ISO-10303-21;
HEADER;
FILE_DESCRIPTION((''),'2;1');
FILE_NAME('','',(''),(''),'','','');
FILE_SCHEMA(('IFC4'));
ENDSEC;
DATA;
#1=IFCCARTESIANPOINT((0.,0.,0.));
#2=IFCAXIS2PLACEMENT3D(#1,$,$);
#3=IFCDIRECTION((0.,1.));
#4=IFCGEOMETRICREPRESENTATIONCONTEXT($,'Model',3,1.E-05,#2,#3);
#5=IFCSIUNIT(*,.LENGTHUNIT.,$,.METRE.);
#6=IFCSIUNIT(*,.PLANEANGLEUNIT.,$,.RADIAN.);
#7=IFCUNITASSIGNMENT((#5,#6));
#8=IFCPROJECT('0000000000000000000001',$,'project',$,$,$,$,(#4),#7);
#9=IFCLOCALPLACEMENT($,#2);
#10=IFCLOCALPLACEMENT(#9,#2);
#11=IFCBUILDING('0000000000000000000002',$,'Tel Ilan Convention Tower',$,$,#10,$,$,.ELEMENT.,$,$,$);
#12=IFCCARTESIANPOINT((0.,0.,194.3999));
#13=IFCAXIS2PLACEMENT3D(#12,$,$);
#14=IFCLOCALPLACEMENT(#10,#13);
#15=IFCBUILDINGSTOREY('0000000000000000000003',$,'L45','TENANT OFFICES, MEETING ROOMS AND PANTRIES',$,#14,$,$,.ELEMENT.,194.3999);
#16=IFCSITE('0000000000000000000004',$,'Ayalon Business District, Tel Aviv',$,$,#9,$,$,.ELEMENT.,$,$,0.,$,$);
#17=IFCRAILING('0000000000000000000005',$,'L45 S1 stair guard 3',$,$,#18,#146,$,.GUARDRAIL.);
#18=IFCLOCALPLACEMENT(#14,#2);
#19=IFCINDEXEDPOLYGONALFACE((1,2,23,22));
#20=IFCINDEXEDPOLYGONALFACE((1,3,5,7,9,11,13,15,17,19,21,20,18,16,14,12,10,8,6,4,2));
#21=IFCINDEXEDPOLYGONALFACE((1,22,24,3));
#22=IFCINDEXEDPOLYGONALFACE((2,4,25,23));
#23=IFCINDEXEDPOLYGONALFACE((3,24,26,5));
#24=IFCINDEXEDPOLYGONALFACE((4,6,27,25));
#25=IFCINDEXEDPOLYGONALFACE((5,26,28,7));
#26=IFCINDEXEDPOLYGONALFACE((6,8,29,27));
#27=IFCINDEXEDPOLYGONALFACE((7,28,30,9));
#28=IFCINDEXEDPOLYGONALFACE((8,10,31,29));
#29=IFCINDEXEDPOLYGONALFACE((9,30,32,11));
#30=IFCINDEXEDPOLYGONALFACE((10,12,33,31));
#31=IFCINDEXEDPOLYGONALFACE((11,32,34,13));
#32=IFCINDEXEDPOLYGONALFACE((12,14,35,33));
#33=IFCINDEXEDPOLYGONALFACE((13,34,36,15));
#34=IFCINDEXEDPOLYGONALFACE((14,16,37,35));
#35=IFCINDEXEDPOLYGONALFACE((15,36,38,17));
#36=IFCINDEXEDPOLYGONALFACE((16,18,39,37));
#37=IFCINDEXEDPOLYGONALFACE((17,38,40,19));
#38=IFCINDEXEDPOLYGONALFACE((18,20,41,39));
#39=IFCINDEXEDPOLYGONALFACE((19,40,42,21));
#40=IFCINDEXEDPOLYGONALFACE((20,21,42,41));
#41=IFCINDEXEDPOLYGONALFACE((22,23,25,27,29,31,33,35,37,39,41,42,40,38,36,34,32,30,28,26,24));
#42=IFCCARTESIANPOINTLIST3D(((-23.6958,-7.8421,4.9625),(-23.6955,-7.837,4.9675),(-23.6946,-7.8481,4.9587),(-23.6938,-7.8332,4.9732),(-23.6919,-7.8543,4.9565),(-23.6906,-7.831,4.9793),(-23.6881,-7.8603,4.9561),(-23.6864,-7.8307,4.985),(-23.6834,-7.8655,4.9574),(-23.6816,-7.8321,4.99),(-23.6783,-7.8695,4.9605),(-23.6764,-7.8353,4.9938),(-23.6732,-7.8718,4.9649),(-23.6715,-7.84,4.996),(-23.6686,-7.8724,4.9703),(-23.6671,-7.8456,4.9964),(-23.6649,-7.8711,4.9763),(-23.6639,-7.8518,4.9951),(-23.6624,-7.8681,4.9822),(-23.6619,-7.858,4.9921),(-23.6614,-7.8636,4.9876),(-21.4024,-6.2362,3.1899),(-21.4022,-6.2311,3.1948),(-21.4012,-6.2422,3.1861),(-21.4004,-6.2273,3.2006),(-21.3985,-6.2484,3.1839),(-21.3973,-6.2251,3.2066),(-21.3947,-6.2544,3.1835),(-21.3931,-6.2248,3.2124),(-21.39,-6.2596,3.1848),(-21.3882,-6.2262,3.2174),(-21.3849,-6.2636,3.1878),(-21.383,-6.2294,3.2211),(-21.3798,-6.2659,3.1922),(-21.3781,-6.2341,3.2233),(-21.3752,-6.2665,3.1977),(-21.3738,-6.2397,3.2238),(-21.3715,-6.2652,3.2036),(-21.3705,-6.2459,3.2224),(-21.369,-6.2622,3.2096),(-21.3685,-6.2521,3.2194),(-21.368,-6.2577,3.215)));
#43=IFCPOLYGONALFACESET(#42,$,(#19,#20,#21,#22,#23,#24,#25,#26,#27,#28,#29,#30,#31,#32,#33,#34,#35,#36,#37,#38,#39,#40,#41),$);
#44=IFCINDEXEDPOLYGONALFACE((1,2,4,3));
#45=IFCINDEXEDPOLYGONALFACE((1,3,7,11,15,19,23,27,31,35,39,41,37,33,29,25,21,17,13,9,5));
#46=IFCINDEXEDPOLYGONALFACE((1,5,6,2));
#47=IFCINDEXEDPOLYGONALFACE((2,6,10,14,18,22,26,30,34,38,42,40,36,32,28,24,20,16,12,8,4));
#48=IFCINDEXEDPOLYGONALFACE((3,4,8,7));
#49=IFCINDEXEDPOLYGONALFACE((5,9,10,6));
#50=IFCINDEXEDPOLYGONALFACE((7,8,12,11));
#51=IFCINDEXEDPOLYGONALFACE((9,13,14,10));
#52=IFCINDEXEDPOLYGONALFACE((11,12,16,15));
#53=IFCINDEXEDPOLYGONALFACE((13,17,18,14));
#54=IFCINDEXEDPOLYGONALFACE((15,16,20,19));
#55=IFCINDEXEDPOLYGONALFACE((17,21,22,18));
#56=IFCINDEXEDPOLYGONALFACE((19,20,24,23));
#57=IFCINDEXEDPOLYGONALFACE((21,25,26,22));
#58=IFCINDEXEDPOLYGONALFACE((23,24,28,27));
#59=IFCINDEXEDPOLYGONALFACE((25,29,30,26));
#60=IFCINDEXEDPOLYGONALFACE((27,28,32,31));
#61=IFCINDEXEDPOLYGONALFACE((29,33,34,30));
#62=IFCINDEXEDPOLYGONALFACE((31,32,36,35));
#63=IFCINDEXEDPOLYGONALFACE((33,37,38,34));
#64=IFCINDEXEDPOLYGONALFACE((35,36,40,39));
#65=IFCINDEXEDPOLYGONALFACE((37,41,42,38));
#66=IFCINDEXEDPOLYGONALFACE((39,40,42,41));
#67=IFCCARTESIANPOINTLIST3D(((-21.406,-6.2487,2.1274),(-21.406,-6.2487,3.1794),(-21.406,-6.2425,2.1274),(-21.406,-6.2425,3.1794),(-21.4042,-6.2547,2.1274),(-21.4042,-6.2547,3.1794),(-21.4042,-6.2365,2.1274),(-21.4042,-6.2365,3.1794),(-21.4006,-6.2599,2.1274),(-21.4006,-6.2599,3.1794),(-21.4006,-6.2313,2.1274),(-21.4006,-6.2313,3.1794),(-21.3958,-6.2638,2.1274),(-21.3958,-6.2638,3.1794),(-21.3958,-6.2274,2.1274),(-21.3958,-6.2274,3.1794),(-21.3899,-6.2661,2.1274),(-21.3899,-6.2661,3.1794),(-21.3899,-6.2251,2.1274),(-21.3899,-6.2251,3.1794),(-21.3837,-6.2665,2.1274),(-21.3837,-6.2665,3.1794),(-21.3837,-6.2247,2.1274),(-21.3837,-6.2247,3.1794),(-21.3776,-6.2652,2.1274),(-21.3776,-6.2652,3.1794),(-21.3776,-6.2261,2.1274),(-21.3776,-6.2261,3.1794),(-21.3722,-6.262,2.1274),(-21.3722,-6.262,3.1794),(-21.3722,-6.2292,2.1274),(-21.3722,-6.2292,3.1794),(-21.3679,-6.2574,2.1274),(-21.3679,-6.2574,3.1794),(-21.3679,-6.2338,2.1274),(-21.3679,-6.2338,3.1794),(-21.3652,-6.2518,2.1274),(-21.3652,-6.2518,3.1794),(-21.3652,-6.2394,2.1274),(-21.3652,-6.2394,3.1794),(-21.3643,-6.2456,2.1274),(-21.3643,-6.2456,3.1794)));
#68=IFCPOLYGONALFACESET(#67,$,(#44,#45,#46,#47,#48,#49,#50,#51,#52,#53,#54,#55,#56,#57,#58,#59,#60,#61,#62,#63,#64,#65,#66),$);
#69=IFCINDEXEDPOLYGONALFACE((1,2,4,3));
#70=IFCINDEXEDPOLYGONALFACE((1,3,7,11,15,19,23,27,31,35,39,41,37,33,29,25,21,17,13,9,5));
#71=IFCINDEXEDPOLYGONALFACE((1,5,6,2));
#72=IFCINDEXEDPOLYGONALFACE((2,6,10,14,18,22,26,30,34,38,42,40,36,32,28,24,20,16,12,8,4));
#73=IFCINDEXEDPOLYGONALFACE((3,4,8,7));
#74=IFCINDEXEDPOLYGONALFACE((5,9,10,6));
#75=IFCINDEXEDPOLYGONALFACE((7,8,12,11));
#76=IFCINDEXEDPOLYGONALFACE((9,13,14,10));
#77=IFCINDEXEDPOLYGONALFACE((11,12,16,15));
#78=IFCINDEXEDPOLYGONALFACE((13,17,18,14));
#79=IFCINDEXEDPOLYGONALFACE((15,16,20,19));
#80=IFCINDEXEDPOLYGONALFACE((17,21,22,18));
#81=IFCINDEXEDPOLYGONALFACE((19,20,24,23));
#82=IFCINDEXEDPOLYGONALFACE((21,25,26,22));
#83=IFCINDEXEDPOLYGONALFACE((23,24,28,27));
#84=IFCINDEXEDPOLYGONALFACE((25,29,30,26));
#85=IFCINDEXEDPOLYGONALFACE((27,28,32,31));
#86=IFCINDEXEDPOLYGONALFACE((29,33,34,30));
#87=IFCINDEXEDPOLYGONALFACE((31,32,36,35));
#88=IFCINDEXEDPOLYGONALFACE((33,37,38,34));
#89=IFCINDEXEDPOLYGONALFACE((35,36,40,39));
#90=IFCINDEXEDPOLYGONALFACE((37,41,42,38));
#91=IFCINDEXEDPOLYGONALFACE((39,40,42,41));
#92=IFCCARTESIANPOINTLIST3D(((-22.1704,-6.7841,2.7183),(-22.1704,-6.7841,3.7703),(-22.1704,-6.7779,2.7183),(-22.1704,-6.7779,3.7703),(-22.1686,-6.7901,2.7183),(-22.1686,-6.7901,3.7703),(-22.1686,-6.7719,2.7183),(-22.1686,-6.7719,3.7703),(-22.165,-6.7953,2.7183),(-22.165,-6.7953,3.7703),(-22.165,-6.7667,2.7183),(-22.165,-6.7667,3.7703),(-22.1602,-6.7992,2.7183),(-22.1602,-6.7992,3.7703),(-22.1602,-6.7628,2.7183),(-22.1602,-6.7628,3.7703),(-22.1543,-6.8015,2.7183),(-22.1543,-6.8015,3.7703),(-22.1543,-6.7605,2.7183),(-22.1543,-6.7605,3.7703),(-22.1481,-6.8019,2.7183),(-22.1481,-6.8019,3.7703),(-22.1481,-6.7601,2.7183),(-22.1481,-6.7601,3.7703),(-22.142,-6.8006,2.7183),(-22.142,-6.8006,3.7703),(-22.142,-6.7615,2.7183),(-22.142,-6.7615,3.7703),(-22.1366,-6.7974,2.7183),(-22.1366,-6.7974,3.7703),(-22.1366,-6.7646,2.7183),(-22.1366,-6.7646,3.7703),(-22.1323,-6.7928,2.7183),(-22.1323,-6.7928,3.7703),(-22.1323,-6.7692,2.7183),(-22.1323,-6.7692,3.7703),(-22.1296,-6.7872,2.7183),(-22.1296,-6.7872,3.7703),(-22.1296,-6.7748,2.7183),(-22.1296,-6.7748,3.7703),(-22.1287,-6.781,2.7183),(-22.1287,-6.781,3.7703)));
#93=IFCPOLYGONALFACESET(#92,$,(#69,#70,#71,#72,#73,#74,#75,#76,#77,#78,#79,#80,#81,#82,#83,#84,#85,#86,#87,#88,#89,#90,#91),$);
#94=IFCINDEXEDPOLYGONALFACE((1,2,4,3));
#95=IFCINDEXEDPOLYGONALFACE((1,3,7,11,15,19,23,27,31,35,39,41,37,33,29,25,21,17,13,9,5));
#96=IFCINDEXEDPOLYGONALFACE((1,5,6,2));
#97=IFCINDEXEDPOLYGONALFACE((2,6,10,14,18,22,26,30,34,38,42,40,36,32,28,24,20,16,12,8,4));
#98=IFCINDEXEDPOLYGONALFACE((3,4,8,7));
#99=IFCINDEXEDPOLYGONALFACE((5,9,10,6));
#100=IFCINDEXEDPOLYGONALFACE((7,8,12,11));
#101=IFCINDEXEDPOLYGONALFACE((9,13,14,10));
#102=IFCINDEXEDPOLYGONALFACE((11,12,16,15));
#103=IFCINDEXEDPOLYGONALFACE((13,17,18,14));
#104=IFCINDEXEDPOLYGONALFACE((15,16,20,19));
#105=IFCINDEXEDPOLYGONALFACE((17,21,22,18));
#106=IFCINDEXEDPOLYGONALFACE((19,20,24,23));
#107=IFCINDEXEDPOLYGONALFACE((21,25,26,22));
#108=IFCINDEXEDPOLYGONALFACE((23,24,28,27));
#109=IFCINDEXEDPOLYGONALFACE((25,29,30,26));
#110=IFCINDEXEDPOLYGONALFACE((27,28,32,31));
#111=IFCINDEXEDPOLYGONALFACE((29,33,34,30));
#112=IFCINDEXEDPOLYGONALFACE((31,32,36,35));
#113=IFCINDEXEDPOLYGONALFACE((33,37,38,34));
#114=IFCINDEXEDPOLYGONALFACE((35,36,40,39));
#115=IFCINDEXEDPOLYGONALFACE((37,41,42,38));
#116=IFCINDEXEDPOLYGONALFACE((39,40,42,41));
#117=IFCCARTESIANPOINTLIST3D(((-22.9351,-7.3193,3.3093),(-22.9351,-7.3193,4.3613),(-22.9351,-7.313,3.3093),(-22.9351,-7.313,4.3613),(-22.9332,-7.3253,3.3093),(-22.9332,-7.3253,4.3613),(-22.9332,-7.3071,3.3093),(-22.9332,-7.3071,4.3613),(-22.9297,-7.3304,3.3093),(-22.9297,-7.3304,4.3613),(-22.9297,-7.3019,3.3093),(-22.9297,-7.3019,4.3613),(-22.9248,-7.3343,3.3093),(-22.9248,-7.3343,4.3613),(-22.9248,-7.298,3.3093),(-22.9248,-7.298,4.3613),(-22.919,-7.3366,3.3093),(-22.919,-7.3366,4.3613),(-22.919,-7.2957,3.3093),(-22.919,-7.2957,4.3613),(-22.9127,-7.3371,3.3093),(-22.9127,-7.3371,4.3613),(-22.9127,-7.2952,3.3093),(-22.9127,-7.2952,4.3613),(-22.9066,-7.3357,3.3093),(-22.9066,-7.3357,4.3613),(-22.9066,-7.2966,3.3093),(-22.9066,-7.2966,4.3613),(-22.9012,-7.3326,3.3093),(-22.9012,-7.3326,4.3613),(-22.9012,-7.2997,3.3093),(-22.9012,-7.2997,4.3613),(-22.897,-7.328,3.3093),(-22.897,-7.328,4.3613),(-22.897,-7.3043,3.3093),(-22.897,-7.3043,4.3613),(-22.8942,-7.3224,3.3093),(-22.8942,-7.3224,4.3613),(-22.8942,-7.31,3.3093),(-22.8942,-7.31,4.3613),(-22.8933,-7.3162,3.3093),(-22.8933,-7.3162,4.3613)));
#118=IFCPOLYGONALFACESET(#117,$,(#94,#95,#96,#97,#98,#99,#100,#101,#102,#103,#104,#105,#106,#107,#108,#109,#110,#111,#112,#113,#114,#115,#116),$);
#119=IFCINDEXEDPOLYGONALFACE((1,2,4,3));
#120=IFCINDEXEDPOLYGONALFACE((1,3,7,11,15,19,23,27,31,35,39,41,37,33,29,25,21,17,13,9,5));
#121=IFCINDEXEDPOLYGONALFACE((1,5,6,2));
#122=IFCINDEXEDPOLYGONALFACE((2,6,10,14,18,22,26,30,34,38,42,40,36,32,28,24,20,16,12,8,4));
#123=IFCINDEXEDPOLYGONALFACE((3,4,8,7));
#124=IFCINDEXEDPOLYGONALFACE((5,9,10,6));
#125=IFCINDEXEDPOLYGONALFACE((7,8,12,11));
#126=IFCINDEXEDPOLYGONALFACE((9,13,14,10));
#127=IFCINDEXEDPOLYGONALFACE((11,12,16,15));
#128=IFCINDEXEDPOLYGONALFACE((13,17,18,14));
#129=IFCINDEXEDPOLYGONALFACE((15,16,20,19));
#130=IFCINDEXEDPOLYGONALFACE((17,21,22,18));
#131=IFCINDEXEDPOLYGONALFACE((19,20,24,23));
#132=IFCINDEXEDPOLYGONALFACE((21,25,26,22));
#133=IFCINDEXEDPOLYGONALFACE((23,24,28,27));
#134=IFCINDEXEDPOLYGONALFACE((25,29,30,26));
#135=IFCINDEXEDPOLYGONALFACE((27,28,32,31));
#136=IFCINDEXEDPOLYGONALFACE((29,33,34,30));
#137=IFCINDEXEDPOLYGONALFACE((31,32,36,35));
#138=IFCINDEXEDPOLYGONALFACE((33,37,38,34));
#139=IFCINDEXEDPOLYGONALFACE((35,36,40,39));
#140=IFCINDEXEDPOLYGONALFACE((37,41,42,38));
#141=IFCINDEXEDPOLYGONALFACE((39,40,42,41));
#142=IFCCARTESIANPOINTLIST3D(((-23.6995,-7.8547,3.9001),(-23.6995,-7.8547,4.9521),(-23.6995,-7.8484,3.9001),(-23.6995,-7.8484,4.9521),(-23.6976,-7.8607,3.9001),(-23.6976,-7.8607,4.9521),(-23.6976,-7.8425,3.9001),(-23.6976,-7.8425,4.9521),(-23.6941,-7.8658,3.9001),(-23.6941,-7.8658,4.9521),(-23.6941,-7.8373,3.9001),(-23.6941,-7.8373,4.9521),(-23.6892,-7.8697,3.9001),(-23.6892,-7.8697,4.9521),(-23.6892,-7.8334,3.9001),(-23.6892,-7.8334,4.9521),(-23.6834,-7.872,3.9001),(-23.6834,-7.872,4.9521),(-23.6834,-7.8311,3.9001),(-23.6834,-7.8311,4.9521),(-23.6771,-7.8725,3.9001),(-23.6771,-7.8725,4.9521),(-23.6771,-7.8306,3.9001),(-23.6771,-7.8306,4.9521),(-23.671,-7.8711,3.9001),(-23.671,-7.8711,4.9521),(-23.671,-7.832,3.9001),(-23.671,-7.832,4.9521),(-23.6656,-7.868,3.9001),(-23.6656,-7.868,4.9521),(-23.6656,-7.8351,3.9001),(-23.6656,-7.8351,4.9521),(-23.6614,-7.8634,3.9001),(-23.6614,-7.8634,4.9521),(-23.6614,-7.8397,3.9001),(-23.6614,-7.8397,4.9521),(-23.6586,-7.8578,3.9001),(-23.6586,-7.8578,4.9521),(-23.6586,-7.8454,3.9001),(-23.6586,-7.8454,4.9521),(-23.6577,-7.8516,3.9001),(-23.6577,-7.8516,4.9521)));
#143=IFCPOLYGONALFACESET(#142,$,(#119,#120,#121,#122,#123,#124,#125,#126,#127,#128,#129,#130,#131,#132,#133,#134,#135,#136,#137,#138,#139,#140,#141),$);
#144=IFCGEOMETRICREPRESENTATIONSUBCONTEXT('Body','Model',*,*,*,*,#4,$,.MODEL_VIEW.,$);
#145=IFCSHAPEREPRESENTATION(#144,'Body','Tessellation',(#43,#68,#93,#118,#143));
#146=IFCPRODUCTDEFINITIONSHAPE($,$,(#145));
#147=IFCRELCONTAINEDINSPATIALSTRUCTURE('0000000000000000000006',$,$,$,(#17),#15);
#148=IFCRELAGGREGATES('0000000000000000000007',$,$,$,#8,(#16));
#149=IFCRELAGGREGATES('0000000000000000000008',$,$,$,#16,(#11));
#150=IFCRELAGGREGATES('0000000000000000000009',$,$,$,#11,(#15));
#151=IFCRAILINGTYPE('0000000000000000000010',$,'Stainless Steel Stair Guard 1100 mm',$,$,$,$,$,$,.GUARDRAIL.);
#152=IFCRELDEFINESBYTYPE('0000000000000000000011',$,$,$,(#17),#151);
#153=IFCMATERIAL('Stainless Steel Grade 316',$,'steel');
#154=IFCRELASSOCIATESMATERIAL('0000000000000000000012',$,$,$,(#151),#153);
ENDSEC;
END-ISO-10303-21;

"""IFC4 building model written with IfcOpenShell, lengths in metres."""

from ifc_helpers import new_model, si_unit, direction, frame, origin, origin_2d, place, context, subcontext, project, spatial, circle, extrude, material, type_object, element, save


model = new_model("IFC4")

# Units and contexts
model_context = context("Model", 3, precision=1e-05, world=origin(), true_north=direction((0.0, 1.0)))
body_context = subcontext(model_context, "Body", "Model", "MODEL_VIEW")
ifc_project = project(units=[si_unit("LENGTHUNIT", "METRE"), si_unit("PLANEANGLEUNIT", "RADIAN")], contexts=[model_context])

# Site, building, storey
site_placement = place(None, origin())
site = spatial("IfcSite", under=ifc_project, at=site_placement, Name="Ayalon Business District, Tel Aviv", CompositionType="ELEMENT", RefElevation=0.0)
building_placement = place(site_placement, origin())
building = spatial("IfcBuilding", under=site, at=building_placement, Name="Tel Ilan Convention Tower", CompositionType="ELEMENT")
storey_placement = place(building_placement, frame((0.0, 0.0, 194.3999)))
storey = spatial("IfcBuildingStorey", under=building, at=storey_placement, Name="L45", Description="TENANT OFFICES, MEETING ROOMS AND PANTRIES", CompositionType="ELEMENT", Elevation=194.3999)

# Railing
ifc_material_1 = material(Name="Stainless Steel Grade 316", Category="steel")
railing_type_1 = type_object("IfcRailingType", Name="Stainless Steel Stair Guard 1100 mm", PredefinedType="GUARDRAIL", material=ifc_material_1)
railing_1_placement = place(storey_placement, frame((-21.3853, -6.2456, 2.1274)))
element("IfcRailing", 1, at=railing_1_placement, inside=storey, type_object=railing_type_1, Name="L45 S1 stair guard 3", PredefinedType="GUARDRAIL", context=body_context, shape_type="SweptSolid", body=[
    extrude(circle(Radius=0.0239, at=origin_2d()), frame((0.0, 0.0, 1.0762), z_axis=(-0.692085, -0.484621, 0.53494), x_axis=(0.573591, -0.819142, 0.0)), (0.0, 0.0, 1.0), 3.3137),
    extrude(circle(Radius=0.021, at=origin_2d()), origin(), (0.0, 0.0, 1.0), 1.052),
    extrude(circle(Radius=0.021, at=origin_2d()), frame((-0.7644, -0.5354, 0.5908)), (0.0, 0.0, 1.0), 1.052),
    extrude(circle(Radius=0.021, at=origin_2d()), frame((-1.5291, -1.0706, 1.1819)), (0.0, 0.0, 1.0), 1.052),
    extrude(circle(Radius=0.021, at=origin_2d()), frame((-2.2935, -1.606, 1.7727)), (0.0, 0.0, 1.0), 1.052),
])

save(model, "model.ifc")
